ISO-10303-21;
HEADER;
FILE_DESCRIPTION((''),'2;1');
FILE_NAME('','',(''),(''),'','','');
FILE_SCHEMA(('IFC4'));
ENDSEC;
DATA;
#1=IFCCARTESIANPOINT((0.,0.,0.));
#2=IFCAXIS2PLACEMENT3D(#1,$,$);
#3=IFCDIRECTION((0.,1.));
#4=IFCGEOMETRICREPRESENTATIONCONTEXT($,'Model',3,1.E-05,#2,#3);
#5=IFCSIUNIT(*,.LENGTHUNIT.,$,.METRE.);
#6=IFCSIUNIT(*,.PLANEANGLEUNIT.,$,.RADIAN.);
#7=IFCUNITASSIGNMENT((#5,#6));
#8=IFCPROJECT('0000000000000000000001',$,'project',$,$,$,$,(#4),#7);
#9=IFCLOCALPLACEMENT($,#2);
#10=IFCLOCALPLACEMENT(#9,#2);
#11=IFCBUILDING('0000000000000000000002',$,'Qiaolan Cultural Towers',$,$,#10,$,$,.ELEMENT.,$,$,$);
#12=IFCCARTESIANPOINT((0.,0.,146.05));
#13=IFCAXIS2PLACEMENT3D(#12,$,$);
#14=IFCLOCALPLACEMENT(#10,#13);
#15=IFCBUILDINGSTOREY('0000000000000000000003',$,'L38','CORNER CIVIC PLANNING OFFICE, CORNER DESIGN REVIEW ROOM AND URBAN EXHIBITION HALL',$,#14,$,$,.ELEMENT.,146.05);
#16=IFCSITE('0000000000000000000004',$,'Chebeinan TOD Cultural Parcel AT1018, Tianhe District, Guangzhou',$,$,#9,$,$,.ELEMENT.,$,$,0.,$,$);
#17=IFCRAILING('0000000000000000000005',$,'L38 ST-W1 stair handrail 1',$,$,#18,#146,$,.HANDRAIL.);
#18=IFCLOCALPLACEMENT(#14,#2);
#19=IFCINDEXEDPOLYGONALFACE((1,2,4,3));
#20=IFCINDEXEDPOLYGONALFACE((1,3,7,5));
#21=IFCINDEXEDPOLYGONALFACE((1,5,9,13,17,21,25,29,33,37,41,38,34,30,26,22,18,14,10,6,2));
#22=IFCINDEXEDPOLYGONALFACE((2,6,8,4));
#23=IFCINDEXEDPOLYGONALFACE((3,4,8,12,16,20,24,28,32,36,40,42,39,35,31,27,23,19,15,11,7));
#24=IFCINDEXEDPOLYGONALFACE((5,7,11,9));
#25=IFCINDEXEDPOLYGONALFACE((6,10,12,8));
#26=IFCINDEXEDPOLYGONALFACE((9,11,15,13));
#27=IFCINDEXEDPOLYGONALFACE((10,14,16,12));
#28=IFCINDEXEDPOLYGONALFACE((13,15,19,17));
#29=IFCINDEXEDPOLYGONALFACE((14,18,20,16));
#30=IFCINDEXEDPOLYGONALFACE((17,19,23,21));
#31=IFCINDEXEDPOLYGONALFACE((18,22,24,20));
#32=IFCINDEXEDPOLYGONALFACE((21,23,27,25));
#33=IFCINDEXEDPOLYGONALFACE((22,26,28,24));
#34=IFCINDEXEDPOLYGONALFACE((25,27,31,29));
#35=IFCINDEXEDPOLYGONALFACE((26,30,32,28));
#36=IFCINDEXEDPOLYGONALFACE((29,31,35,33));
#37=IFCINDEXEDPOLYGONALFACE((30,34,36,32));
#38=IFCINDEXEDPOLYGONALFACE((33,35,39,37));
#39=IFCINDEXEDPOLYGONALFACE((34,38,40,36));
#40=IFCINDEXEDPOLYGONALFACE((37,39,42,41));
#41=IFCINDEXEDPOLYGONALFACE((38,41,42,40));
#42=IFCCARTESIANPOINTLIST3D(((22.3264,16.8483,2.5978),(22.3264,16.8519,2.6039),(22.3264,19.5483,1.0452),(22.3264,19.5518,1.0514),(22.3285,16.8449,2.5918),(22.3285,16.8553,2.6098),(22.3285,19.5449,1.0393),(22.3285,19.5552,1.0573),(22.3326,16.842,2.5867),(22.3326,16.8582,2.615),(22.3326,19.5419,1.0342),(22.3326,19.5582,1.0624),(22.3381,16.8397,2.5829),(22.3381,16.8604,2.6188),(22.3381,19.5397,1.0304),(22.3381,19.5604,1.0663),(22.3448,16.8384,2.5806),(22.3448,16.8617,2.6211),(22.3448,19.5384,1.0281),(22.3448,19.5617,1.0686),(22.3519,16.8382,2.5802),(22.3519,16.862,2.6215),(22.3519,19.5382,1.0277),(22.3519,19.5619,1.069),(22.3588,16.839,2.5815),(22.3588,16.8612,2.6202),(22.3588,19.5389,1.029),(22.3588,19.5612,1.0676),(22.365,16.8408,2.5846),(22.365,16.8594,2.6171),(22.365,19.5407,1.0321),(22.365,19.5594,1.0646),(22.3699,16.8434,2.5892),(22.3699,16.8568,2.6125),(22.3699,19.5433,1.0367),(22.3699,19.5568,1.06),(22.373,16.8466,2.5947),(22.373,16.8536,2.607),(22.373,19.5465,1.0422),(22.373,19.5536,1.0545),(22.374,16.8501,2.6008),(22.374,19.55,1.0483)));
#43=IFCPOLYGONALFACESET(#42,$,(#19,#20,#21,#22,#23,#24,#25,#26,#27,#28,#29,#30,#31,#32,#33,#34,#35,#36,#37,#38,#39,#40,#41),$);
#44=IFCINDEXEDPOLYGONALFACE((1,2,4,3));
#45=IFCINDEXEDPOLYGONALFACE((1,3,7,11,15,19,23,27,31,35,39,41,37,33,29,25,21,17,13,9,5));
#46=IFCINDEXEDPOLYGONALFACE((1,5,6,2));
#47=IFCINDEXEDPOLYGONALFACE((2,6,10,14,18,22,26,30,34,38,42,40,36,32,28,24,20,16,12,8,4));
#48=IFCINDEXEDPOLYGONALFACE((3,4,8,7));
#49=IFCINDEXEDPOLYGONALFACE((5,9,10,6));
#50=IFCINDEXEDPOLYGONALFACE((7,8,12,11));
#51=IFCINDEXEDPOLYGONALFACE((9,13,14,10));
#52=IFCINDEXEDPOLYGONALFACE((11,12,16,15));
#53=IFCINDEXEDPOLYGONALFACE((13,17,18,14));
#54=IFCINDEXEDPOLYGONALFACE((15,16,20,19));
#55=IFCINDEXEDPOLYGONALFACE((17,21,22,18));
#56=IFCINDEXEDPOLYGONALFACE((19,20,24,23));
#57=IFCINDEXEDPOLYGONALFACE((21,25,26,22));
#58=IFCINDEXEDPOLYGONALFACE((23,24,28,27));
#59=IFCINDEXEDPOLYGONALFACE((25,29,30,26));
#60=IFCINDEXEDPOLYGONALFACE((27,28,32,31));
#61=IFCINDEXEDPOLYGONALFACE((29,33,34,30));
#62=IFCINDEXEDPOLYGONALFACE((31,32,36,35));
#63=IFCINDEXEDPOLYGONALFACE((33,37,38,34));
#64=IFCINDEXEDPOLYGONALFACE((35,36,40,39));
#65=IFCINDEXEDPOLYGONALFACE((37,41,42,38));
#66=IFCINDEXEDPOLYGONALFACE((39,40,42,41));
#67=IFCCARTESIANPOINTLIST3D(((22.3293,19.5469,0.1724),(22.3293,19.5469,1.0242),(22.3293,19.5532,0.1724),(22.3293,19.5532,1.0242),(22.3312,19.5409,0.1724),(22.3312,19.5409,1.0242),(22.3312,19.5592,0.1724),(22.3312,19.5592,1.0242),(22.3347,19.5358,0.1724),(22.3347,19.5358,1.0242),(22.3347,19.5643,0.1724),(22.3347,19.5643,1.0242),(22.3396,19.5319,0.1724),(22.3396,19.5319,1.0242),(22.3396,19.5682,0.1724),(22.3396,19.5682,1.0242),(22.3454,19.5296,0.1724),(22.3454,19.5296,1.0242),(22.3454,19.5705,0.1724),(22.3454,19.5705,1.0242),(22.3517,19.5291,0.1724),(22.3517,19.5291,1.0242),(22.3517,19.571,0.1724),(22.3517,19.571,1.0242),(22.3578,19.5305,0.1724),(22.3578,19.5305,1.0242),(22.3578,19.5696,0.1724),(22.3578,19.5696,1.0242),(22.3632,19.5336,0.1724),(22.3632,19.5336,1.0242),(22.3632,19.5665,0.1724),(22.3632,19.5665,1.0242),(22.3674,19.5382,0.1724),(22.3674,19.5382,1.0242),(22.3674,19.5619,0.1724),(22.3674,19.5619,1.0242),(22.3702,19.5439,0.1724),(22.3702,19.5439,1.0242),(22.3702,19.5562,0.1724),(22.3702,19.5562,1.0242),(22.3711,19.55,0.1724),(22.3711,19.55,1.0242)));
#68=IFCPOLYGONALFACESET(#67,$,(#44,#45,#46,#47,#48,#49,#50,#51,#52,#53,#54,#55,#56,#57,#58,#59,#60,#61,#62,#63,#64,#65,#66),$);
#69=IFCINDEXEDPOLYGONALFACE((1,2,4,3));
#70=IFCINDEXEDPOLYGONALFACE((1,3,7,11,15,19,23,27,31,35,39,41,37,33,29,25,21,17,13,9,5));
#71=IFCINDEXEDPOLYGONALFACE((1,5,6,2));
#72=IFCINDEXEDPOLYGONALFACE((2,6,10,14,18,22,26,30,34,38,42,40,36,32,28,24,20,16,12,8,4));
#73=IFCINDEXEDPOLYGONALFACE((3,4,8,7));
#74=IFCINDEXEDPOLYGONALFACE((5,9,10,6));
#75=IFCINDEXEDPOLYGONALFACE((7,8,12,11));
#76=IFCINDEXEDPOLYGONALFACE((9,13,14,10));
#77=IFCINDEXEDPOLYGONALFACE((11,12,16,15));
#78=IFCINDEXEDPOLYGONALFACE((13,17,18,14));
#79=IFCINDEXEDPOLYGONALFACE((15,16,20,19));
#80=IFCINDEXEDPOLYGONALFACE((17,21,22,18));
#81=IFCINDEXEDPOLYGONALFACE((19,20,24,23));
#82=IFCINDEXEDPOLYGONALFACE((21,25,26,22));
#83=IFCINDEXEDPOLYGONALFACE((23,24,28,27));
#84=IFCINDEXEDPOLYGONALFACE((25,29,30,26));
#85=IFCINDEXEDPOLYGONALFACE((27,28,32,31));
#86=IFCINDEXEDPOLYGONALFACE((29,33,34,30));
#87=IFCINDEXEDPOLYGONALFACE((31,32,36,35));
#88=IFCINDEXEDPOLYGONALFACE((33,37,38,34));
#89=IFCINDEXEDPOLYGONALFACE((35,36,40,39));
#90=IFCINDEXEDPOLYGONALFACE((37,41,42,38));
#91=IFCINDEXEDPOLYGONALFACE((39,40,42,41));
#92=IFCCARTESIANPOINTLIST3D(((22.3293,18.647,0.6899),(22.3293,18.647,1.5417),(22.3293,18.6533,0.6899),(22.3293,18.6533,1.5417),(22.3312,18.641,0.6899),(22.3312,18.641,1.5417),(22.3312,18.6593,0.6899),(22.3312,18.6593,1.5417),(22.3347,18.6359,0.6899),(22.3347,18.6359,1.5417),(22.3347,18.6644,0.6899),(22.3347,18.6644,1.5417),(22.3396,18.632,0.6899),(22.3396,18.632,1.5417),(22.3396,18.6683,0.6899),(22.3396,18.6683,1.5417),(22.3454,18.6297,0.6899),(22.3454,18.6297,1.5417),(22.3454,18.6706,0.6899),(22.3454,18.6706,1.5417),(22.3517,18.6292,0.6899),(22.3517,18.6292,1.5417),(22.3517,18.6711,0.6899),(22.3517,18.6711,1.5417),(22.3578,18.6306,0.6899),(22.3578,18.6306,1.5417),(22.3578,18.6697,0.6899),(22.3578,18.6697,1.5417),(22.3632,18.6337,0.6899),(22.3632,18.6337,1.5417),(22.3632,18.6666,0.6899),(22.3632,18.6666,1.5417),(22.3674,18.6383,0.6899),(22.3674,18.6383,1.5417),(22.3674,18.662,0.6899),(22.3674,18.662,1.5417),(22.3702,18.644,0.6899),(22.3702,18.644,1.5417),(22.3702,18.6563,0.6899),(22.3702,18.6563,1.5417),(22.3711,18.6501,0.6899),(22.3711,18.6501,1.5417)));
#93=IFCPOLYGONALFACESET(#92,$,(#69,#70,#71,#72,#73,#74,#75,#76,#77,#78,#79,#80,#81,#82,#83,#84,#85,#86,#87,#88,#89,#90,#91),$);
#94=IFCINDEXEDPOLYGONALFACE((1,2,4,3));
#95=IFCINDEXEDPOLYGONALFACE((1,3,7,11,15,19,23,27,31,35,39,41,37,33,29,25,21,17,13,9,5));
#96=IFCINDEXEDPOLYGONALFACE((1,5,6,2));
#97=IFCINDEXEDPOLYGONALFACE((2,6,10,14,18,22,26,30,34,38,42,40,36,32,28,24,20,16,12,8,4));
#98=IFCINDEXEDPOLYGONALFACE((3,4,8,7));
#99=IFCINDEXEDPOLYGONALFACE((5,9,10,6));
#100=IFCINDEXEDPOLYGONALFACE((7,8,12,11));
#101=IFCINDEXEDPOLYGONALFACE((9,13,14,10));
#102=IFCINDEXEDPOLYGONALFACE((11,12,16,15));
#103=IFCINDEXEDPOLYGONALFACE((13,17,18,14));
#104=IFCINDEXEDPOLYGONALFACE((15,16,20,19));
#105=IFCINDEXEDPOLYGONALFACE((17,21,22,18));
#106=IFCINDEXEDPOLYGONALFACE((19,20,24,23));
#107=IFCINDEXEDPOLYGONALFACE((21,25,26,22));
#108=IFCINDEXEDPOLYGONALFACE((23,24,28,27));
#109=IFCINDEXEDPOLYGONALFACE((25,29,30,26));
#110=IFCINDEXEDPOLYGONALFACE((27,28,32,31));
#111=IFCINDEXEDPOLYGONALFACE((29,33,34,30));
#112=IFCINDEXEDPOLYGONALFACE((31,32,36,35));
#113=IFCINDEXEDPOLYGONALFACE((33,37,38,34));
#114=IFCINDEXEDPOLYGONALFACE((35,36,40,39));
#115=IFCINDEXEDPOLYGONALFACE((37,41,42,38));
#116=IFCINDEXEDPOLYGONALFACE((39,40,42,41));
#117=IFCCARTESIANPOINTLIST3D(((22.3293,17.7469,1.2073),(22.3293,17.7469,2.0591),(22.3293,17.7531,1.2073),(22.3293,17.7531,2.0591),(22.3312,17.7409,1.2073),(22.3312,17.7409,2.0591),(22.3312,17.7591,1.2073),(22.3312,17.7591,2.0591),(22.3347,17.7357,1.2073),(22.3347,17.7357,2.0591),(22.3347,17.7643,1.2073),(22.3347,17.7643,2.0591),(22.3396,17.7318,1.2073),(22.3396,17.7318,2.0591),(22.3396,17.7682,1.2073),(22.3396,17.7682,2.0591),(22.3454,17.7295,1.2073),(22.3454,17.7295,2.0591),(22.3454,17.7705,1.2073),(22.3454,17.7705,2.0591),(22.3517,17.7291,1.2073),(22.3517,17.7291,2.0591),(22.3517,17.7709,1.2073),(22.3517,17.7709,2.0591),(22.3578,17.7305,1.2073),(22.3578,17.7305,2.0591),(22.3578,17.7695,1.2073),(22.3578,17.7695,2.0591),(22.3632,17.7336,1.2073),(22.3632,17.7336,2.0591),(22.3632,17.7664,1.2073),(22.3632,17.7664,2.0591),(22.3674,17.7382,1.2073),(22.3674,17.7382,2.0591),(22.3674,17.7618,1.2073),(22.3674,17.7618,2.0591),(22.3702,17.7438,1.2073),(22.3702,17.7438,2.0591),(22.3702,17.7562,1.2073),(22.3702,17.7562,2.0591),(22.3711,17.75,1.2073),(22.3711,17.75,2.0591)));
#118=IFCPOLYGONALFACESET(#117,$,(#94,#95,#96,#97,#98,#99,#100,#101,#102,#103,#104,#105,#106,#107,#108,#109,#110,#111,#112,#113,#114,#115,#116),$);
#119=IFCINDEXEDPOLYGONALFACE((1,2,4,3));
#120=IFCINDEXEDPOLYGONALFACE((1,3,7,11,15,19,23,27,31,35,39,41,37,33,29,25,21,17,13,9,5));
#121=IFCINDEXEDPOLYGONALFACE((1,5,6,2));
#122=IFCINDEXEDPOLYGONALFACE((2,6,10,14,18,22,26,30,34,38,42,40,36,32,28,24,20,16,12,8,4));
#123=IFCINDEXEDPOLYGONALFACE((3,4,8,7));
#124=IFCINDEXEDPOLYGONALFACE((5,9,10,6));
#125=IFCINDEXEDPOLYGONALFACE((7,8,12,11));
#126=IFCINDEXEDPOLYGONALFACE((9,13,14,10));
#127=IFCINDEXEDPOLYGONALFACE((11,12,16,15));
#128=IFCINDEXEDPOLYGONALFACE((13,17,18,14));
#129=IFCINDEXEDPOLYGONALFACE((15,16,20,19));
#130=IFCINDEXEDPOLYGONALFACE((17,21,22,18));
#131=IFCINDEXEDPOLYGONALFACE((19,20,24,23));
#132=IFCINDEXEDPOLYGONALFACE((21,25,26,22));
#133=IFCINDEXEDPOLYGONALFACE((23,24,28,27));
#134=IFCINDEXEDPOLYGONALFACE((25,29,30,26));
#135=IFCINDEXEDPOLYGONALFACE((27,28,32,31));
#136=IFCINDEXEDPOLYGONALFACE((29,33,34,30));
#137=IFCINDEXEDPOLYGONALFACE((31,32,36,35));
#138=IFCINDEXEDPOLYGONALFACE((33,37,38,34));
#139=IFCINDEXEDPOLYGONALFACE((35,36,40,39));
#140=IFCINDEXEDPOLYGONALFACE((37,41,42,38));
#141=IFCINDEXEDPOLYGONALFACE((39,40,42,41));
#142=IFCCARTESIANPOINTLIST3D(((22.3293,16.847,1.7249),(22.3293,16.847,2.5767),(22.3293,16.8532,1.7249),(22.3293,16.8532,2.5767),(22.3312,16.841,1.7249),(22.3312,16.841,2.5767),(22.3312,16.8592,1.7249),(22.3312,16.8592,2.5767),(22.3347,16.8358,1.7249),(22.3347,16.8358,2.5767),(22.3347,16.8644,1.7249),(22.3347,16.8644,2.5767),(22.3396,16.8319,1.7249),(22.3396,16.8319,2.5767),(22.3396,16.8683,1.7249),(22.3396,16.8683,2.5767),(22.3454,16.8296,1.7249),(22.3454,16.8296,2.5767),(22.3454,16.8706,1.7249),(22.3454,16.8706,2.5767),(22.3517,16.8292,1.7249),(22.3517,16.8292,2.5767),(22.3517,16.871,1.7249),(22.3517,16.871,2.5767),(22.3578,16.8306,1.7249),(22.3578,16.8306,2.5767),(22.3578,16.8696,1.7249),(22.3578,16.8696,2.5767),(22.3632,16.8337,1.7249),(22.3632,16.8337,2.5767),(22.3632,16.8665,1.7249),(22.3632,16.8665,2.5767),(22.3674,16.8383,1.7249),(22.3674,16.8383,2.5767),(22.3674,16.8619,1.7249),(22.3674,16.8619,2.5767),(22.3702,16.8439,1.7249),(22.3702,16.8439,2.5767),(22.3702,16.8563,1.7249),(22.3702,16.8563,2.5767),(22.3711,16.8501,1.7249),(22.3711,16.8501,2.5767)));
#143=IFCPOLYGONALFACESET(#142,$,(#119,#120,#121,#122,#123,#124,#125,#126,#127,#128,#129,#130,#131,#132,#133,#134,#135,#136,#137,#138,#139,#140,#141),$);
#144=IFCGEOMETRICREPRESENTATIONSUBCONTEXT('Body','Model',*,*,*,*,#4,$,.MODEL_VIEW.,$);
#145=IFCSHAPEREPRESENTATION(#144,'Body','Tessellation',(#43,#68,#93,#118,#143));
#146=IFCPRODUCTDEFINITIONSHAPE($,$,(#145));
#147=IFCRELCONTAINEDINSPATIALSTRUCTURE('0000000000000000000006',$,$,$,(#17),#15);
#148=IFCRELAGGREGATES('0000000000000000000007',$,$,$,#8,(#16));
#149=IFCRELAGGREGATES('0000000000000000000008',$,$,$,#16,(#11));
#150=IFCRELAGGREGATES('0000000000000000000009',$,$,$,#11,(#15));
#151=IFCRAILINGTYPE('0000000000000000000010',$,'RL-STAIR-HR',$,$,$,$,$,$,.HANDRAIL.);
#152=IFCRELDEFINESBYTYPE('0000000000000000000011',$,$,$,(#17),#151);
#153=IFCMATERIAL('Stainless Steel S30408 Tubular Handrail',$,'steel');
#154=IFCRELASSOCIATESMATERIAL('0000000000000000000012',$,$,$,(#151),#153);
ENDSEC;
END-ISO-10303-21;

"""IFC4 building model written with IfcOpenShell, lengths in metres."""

from ifc_helpers import new_model, si_unit, direction, frame, origin, origin_2d, place, context, subcontext, project, spatial, circle, extrude, material, type_object, element, save


model = new_model("IFC4")

# Units and contexts
model_context = context("Model", 3, precision=1e-05, world=origin(), true_north=direction((0.0, 1.0)))
body_context = subcontext(model_context, "Body", "Model", "MODEL_VIEW")
ifc_project = project(units=[si_unit("LENGTHUNIT", "METRE"), si_unit("PLANEANGLEUNIT", "RADIAN")], contexts=[model_context])

# Site, building, storey
site_placement = place(None, origin())
site = spatial("IfcSite", under=ifc_project, at=site_placement, Name="Chebeinan TOD Cultural Parcel AT1018, Tianhe District, Guangzhou", CompositionType="ELEMENT", RefElevation=0.0)
building_placement = place(site_placement, origin())
building = spatial("IfcBuilding", under=site, at=building_placement, Name="Qiaolan Cultural Towers", CompositionType="ELEMENT")
storey_placement = place(building_placement, frame((0.0, 0.0, 146.05)))
storey = spatial("IfcBuildingStorey", under=building, at=storey_placement, Name="L38", Description="CORNER CIVIC PLANNING OFFICE, CORNER DESIGN REVIEW ROOM AND URBAN EXHIBITION HALL", CompositionType="ELEMENT", Elevation=146.05)

# Railing
ifc_material_1 = material(Name="Stainless Steel S30408 Tubular Handrail", Category="steel")
railing_type_1 = type_object("IfcRailingType", Name="RL-STAIR-HR", PredefinedType="HANDRAIL", material=ifc_material_1)
railing_1_placement = place(storey_placement, frame((22.3501, 19.55, 0.1724)))
element("IfcRailing", 1, at=railing_1_placement, inside=storey, type_object=railing_type_1, Name="L38 ST-W1 stair handrail 1", PredefinedType="HANDRAIL", context=body_context, shape_type="SweptSolid", body=[
    extrude(circle(Radius=0.0239, at=origin_2d()), frame((0.0, 0.0, 0.876), z_axis=(0.0, -0.866904, 0.498476), x_axis=(1.0, 0.0, 0.0)), (0.0, 0.0, 1.0), 3.1145),
    extrude(circle(Radius=0.021, at=origin_2d()), origin(), (0.0, 0.0, 1.0), 0.8518),
    extrude(circle(Radius=0.021, at=origin_2d()), frame((0.0, -0.8999, 0.5176)), (0.0, 0.0, 1.0), 0.8518),
    extrude(circle(Radius=0.021, at=origin_2d()), frame((0.0, -1.8, 1.0349)), (0.0, 0.0, 1.0), 0.8518),
    extrude(circle(Radius=0.021, at=origin_2d()), frame((0.0, -2.7, 1.5525)), (0.0, 0.0, 1.0), 0.8518),
])

save(model, "model.ifc")
